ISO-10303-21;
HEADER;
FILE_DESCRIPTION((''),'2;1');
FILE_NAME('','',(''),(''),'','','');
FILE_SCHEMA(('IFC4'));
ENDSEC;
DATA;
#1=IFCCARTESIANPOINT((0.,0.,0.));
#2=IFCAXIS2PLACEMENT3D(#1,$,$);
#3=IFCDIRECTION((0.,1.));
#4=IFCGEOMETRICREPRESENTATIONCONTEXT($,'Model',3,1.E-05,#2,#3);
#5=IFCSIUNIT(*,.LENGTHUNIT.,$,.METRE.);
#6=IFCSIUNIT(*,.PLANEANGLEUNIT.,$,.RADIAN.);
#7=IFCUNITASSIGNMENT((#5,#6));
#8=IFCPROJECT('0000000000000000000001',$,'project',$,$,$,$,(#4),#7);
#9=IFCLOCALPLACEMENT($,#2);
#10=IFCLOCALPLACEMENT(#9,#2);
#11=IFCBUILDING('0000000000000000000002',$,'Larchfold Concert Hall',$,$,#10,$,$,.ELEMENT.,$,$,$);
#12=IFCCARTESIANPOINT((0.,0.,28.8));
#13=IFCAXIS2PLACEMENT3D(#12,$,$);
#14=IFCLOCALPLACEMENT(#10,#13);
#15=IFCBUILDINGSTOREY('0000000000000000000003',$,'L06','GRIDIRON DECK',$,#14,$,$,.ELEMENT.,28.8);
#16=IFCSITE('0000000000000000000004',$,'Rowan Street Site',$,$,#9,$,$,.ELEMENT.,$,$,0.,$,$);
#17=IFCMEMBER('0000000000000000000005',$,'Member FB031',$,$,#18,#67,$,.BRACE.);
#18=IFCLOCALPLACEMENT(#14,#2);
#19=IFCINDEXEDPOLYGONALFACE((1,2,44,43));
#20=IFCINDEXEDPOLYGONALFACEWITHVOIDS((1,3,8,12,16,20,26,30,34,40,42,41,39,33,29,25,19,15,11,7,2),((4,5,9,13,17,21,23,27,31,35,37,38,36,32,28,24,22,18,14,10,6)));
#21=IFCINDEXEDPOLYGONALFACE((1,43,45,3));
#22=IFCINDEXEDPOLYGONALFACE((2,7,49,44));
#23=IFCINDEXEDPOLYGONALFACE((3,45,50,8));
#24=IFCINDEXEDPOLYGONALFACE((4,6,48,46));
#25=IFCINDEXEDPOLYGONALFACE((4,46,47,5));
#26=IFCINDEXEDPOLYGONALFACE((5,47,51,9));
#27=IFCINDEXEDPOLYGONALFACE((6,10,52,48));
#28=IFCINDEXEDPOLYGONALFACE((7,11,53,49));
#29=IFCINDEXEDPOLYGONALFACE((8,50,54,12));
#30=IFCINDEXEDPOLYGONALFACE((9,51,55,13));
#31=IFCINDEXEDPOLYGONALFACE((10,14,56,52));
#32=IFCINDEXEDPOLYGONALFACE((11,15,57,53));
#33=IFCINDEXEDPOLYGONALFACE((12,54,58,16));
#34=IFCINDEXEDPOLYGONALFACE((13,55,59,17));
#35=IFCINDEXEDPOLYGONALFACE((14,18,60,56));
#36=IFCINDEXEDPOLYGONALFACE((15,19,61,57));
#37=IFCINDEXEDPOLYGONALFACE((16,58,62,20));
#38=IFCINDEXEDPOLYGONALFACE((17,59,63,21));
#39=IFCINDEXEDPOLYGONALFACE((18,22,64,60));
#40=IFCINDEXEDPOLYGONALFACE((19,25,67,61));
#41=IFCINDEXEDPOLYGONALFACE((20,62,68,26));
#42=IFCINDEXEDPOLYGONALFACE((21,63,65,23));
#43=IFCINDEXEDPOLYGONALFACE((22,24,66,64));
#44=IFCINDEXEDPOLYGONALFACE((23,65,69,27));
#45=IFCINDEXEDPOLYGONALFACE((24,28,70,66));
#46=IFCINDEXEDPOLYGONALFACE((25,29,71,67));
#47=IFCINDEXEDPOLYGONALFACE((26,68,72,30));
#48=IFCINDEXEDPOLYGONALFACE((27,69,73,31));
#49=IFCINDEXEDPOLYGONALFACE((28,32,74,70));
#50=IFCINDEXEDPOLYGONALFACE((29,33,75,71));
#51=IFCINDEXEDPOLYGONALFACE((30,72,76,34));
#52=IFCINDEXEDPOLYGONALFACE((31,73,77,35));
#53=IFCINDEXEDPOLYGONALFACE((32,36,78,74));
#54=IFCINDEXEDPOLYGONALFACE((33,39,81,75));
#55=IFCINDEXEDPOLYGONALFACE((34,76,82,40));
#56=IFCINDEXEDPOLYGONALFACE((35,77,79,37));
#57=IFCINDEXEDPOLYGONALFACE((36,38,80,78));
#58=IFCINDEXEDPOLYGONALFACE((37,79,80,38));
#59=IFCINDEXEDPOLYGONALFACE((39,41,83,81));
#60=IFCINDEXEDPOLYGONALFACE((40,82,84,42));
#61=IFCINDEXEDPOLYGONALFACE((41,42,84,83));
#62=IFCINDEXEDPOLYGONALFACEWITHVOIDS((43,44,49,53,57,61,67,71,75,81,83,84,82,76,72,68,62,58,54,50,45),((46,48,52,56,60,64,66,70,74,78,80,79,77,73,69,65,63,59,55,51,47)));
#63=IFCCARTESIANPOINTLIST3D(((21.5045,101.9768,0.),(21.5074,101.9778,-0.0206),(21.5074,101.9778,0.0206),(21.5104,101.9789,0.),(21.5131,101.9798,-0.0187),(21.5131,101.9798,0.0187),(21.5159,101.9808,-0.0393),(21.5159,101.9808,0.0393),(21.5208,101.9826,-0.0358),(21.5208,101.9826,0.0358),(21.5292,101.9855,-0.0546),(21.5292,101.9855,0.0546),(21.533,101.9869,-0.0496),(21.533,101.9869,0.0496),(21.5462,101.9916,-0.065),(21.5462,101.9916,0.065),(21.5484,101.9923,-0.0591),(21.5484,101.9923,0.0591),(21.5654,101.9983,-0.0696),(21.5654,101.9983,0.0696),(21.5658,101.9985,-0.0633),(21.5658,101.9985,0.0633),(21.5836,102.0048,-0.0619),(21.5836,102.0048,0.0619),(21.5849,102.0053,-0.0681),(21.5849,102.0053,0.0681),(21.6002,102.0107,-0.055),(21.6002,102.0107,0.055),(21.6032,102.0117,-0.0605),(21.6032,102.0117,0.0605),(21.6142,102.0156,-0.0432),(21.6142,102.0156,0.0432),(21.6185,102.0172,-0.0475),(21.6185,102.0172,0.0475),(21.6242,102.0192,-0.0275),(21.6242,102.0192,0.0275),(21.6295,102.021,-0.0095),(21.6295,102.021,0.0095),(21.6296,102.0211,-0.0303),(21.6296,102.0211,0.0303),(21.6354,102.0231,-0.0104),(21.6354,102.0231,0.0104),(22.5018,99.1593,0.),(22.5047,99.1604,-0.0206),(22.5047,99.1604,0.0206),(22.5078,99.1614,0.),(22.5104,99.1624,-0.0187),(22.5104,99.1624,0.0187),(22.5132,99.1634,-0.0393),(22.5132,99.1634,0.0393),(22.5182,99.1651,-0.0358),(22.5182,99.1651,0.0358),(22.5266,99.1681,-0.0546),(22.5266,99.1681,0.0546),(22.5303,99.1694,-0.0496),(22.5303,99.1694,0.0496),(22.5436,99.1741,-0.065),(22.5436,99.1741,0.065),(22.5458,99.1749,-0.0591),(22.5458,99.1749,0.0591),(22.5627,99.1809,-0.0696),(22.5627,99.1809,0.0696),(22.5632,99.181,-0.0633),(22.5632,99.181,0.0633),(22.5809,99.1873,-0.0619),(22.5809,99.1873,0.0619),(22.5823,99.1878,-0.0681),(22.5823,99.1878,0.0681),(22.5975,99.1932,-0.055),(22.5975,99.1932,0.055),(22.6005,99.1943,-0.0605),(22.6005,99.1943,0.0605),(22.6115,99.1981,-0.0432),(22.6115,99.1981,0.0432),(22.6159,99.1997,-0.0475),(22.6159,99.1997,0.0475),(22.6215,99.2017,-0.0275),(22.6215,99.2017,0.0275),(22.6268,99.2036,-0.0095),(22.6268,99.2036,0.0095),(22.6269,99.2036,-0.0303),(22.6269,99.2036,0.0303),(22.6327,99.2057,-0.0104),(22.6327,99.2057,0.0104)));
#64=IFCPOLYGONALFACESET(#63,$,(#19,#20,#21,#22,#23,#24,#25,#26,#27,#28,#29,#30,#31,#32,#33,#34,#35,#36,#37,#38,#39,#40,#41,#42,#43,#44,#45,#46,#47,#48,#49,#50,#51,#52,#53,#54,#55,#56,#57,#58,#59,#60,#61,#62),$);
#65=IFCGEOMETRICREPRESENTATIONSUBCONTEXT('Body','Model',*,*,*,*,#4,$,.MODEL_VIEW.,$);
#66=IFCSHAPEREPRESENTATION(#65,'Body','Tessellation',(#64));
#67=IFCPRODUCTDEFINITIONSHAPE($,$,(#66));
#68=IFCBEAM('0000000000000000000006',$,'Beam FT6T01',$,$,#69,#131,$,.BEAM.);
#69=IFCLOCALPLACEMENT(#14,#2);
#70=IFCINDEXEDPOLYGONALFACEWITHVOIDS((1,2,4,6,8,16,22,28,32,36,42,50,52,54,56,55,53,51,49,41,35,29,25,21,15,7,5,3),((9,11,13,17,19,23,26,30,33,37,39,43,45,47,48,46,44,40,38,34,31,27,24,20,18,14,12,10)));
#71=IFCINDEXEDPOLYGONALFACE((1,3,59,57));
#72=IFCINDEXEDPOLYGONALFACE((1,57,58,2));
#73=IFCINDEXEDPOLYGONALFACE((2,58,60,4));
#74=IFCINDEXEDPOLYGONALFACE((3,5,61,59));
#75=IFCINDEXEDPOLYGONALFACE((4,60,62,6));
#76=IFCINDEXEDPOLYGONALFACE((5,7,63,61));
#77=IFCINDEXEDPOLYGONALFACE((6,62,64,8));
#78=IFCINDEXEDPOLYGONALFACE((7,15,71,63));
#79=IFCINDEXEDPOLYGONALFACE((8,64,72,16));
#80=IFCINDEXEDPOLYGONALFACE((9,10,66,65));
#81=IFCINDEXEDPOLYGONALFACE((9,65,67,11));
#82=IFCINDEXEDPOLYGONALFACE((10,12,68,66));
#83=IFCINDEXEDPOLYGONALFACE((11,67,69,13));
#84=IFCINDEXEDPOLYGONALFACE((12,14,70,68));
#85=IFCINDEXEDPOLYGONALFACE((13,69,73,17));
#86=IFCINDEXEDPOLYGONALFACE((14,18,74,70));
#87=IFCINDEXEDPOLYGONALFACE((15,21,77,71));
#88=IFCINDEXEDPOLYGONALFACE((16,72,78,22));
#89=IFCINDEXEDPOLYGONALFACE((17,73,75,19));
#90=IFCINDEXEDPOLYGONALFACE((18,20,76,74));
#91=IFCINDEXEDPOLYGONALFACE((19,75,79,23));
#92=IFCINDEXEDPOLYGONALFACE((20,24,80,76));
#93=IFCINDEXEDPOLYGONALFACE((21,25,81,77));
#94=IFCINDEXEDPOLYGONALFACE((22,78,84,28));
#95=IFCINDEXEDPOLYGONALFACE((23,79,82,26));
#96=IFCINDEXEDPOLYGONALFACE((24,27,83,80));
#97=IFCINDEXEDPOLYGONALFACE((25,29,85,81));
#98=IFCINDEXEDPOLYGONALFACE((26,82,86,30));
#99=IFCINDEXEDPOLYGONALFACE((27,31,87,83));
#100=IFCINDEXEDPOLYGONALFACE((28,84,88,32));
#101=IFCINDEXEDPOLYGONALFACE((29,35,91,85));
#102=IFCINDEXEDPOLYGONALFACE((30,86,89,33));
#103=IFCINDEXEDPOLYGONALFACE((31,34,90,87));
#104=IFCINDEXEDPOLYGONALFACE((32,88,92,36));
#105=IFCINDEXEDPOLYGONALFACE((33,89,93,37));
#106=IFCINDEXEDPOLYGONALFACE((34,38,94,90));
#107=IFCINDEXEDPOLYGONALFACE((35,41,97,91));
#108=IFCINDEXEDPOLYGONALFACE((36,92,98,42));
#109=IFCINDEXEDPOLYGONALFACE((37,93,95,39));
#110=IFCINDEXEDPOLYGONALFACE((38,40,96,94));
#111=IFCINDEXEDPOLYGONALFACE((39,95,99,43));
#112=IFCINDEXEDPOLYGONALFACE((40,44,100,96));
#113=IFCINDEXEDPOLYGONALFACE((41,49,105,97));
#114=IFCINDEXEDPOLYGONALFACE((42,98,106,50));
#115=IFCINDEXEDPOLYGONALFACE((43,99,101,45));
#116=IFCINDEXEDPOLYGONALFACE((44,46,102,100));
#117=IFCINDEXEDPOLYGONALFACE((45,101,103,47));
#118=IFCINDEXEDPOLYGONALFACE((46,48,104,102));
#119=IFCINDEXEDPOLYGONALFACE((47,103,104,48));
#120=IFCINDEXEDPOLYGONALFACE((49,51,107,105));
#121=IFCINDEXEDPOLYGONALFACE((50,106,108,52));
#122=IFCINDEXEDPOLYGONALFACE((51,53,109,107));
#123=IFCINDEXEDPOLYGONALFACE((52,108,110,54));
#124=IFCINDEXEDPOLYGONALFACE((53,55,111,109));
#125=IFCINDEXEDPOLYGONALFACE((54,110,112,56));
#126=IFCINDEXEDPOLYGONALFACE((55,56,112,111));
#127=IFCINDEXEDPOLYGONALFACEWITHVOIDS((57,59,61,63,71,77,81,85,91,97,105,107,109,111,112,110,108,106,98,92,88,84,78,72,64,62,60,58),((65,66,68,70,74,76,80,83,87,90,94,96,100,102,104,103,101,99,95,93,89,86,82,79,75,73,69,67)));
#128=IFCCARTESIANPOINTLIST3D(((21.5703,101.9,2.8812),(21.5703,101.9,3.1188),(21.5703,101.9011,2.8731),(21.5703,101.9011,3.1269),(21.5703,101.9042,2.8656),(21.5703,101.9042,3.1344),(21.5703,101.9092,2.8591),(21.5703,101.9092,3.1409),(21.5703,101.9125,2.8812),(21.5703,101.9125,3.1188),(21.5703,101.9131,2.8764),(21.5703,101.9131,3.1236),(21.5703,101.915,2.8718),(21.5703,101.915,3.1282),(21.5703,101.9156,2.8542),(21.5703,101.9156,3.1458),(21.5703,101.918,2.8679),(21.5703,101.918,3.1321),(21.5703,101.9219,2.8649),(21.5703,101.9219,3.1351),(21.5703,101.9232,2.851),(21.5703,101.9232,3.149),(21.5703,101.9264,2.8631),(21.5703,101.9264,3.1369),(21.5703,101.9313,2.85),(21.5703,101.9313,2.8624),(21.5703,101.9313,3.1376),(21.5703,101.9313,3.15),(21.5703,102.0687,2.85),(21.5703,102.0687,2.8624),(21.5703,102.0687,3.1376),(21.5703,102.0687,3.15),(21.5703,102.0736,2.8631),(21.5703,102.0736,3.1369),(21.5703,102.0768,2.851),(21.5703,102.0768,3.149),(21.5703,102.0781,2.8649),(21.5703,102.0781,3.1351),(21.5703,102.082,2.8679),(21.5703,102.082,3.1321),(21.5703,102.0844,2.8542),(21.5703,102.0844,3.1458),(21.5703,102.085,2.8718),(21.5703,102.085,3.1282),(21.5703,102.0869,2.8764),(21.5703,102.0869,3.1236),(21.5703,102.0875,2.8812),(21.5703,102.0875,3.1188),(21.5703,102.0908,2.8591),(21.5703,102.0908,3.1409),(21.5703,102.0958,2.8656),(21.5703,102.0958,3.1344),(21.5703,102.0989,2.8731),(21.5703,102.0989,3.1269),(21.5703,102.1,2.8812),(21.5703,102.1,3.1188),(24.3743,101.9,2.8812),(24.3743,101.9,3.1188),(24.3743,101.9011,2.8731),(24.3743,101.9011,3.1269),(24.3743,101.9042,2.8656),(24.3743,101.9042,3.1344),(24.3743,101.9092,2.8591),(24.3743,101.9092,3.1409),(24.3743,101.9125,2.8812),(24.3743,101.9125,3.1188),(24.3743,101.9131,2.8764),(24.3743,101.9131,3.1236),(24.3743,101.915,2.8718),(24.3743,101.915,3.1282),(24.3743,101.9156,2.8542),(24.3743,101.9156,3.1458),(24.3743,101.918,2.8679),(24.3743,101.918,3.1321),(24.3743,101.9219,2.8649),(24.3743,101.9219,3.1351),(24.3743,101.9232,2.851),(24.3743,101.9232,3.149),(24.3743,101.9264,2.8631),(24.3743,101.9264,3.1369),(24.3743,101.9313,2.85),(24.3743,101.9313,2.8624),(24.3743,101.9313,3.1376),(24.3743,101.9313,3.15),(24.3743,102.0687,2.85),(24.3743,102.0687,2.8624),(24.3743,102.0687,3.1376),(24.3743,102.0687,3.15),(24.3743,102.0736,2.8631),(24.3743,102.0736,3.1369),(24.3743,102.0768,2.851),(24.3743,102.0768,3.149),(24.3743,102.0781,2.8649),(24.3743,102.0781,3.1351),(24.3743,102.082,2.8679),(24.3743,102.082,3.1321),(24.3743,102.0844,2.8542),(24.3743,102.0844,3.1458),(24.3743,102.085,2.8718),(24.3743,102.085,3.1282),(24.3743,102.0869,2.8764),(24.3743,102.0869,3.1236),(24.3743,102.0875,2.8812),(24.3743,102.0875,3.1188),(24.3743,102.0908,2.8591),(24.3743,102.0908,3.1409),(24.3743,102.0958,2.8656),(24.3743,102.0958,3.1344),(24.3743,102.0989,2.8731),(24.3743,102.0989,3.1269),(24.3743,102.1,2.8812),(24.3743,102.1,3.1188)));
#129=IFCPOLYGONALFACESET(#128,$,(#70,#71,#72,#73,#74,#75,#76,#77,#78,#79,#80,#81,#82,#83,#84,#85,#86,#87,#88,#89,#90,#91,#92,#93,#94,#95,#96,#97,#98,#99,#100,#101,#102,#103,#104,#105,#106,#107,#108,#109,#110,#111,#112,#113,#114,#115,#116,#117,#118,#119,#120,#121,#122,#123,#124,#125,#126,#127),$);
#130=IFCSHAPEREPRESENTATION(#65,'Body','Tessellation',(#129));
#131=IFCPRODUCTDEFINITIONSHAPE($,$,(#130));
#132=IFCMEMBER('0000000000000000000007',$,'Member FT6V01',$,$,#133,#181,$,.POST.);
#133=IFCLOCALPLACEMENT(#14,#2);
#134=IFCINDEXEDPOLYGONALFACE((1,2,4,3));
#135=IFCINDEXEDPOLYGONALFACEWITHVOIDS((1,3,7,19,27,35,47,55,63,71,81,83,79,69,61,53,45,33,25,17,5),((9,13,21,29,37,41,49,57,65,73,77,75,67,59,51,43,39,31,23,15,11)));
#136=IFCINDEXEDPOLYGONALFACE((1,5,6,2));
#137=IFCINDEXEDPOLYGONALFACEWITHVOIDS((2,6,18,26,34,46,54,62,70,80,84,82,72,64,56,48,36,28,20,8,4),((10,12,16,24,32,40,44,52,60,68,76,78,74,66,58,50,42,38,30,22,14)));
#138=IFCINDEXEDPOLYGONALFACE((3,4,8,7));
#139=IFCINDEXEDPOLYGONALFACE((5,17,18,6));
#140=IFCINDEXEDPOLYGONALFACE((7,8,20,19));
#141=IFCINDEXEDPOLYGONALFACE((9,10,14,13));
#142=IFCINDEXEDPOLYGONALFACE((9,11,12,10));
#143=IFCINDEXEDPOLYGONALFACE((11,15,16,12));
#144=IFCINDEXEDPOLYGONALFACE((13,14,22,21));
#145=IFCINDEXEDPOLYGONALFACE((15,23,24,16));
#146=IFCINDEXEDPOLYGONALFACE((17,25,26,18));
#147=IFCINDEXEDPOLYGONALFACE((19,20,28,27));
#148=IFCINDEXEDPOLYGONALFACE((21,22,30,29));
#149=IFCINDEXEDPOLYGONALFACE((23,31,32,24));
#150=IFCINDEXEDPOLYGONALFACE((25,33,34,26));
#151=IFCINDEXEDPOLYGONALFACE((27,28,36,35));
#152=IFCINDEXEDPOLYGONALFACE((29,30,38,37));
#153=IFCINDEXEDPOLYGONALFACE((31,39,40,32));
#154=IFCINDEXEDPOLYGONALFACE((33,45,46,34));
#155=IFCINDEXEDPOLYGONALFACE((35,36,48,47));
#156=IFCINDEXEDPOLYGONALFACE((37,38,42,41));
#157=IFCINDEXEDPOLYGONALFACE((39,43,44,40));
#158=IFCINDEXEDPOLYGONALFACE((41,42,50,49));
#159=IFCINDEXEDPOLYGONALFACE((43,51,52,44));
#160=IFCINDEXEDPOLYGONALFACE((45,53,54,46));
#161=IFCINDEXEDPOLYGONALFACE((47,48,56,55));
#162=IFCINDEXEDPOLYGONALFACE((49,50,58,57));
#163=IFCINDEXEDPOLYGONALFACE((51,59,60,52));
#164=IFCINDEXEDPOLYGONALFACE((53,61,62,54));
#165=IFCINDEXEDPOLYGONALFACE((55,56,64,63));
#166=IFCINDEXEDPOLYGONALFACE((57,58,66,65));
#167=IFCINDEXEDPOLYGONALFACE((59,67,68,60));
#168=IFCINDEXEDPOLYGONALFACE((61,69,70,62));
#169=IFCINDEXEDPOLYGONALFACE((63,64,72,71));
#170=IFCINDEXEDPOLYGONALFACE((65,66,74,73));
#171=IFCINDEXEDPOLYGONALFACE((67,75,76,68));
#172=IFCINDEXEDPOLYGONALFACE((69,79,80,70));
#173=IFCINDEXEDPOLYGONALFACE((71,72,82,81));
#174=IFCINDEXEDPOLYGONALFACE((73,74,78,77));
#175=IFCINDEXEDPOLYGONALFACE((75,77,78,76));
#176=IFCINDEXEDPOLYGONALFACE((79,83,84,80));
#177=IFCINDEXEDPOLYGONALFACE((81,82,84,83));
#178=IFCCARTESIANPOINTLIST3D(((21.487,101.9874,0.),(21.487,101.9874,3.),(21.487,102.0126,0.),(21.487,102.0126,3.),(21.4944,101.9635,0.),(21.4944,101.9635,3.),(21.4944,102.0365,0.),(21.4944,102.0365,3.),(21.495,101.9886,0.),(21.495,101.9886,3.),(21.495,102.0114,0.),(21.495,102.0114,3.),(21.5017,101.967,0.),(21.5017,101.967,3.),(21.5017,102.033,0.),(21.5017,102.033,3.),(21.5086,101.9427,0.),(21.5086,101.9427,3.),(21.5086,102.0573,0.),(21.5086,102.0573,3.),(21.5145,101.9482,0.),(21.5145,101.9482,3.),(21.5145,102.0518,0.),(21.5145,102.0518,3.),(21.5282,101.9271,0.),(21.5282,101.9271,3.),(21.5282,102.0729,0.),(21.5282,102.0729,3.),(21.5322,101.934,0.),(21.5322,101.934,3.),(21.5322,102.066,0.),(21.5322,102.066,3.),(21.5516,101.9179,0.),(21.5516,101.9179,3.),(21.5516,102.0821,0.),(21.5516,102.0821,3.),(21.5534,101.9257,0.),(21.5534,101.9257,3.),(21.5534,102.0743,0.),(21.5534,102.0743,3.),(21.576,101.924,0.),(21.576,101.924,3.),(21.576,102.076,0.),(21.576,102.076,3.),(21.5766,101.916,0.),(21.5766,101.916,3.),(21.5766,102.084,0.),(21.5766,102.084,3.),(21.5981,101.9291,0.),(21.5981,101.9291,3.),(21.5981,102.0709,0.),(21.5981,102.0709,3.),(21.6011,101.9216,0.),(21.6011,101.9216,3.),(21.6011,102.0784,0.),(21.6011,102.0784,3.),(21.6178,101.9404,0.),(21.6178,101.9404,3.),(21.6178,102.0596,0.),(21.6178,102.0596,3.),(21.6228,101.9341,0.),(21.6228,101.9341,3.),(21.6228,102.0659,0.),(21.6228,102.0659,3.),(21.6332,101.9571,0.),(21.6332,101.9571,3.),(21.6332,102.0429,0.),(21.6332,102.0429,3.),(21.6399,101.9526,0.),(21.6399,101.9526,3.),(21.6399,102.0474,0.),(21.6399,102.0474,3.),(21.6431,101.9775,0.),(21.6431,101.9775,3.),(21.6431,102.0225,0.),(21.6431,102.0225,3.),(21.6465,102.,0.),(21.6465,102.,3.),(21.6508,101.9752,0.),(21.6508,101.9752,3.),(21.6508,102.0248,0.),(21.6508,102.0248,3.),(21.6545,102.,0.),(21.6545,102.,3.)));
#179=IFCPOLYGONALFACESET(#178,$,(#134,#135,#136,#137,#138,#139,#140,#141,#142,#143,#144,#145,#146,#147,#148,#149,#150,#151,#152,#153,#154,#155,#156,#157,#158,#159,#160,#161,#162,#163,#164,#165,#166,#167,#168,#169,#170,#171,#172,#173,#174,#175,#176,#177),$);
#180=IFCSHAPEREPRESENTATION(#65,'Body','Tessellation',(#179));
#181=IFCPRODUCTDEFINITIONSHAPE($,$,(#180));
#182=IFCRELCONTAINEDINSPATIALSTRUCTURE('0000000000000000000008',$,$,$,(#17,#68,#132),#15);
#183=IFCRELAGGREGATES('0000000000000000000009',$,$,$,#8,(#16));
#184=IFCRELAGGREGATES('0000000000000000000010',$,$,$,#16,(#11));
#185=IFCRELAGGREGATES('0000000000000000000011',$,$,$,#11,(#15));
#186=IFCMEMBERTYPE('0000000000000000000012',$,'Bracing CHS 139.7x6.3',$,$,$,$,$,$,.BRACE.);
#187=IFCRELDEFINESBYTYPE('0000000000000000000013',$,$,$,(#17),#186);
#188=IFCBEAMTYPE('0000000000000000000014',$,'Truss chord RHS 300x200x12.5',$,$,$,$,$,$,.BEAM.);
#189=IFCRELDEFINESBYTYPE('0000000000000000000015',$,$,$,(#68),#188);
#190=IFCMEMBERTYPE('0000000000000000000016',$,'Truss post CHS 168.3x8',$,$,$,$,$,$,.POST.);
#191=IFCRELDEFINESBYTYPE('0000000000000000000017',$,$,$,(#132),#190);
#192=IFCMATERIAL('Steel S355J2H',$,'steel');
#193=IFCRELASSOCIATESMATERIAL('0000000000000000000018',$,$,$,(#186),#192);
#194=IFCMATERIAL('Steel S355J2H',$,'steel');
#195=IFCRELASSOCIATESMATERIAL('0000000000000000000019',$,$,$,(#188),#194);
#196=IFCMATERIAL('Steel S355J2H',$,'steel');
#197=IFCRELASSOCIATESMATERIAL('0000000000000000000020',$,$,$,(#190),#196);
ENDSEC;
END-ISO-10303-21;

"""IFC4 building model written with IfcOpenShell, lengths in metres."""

from ifc_helpers import new_model, si_unit, direction, frame, origin, origin_2d, place, context, subcontext, project, spatial, hollow_rectangle, hollow_circle, extrude, material, material_profile, profile_set, type_object, element, save


model = new_model("IFC4")

# Units and contexts
model_context = context("Model", 3, precision=1e-05, world=origin(), true_north=direction((0.0, 1.0)))
body_context = subcontext(model_context, "Body", "Model", "MODEL_VIEW")
ifc_project = project(units=[si_unit("LENGTHUNIT", "METRE"), si_unit("PLANEANGLEUNIT", "RADIAN")], contexts=[model_context])

# Site, building, storey
site_placement = place(None, origin())
site = spatial("IfcSite", under=ifc_project, at=site_placement, Name="Rowan Street Site", CompositionType="ELEMENT", RefElevation=0.0)
building_placement = place(site_placement, origin())
building = spatial("IfcBuilding", under=site, at=building_placement, Name="Larchfold Concert Hall", CompositionType="ELEMENT")
storey_placement = place(building_placement, frame((0.0, 0.0, 28.8)))
storey = spatial("IfcBuildingStorey", under=building, at=storey_placement, Name="L06", Description="GRIDIRON DECK", CompositionType="ELEMENT", Elevation=28.8)

# Member
ifc_material_1 = material(Name="Steel S355J2H", Category="steel")
ifc_material_profile_1 = material_profile(ifc_material_1, hollow_circle(Radius=0.0698, WallThickness=0.0063, at=origin_2d()))
ifc_profile_set_1 = profile_set([ifc_material_profile_1], Name="Steel S355J2H")
member_type_1 = type_object("IfcMemberType", Name="Bracing CHS 139.7x6.3", PredefinedType="BRACE", material=ifc_profile_set_1)
member_1_placement = place(storey_placement, frame((22.5676, 99.1826, 0.0), z_axis=(-0.333696, 0.942681, 0.0), x_axis=(-0.942681, -0.333696, 0.0)))
element("IfcMember", 1, at=member_1_placement, inside=storey, type_object=member_type_1, Name="Member FB031", PredefinedType="BRACE", context=body_context, shape_type="SweptSolid", body=[
    extrude(hollow_circle(Radius=0.0698, WallThickness=0.0063, at=origin_2d()), origin(), (0.0, 0.0, 1.0), 2.9888),
])

# Beam
ifc_material_2 = material(Name="Steel S355J2H", Category="steel")
ifc_material_profile_2 = material_profile(ifc_material_2, hollow_rectangle(XDim=0.2, YDim=0.3, WallThickness=0.0125, InnerFilletRadius=0.0188, OuterFilletRadius=0.0312, at=origin_2d()))
ifc_profile_set_2 = profile_set([ifc_material_profile_2], Name="Steel S355J2H")
beam_type_1 = type_object("IfcBeamType", Name="Truss chord RHS 300x200x12.5", PredefinedType="BEAM", material=ifc_profile_set_2)
beam_1_placement = place(storey_placement, frame((21.5703, 102.0, 3.0), z_axis=(1.0, 0.0, 0.0), x_axis=(0.0, 1.0, 0.0)))
element("IfcBeam", 2, at=beam_1_placement, inside=storey, type_object=beam_type_1, Name="Beam FT6T01", PredefinedType="BEAM", context=body_context, shape_type="SweptSolid", body=[
    extrude(hollow_rectangle(XDim=0.2, YDim=0.3, WallThickness=0.0125, InnerFilletRadius=0.0188, OuterFilletRadius=0.0312, at=origin_2d()), origin(), (0.0, 0.0, 1.0), 2.804),
])

# Member
ifc_material_3 = material(Name="Steel S355J2H", Category="steel")
ifc_material_profile_3 = material_profile(ifc_material_3, hollow_circle(Radius=0.0842, WallThickness=0.0081, at=origin_2d()))
ifc_profile_set_3 = profile_set([ifc_material_profile_3], Name="Steel S355J2H")
member_type_2 = type_object("IfcMemberType", Name="Truss post CHS 168.3x8", PredefinedType="POST", material=ifc_profile_set_3)
member_2_placement = place(storey_placement, frame((21.5703, 102.0, 3.0), z_axis=(0.0, 0.0, -1.0), x_axis=(1.0, 0.0, 0.0)))
element("IfcMember", 3, at=member_2_placement, inside=storey, type_object=member_type_2, Name="Member FT6V01", PredefinedType="POST", context=body_context, shape_type="SweptSolid", body=[
    extrude(hollow_circle(Radius=0.0842, WallThickness=0.0081, at=origin_2d()), origin(), (0.0, 0.0, 1.0), 3.0),
])

save(model, "model.ifc")
